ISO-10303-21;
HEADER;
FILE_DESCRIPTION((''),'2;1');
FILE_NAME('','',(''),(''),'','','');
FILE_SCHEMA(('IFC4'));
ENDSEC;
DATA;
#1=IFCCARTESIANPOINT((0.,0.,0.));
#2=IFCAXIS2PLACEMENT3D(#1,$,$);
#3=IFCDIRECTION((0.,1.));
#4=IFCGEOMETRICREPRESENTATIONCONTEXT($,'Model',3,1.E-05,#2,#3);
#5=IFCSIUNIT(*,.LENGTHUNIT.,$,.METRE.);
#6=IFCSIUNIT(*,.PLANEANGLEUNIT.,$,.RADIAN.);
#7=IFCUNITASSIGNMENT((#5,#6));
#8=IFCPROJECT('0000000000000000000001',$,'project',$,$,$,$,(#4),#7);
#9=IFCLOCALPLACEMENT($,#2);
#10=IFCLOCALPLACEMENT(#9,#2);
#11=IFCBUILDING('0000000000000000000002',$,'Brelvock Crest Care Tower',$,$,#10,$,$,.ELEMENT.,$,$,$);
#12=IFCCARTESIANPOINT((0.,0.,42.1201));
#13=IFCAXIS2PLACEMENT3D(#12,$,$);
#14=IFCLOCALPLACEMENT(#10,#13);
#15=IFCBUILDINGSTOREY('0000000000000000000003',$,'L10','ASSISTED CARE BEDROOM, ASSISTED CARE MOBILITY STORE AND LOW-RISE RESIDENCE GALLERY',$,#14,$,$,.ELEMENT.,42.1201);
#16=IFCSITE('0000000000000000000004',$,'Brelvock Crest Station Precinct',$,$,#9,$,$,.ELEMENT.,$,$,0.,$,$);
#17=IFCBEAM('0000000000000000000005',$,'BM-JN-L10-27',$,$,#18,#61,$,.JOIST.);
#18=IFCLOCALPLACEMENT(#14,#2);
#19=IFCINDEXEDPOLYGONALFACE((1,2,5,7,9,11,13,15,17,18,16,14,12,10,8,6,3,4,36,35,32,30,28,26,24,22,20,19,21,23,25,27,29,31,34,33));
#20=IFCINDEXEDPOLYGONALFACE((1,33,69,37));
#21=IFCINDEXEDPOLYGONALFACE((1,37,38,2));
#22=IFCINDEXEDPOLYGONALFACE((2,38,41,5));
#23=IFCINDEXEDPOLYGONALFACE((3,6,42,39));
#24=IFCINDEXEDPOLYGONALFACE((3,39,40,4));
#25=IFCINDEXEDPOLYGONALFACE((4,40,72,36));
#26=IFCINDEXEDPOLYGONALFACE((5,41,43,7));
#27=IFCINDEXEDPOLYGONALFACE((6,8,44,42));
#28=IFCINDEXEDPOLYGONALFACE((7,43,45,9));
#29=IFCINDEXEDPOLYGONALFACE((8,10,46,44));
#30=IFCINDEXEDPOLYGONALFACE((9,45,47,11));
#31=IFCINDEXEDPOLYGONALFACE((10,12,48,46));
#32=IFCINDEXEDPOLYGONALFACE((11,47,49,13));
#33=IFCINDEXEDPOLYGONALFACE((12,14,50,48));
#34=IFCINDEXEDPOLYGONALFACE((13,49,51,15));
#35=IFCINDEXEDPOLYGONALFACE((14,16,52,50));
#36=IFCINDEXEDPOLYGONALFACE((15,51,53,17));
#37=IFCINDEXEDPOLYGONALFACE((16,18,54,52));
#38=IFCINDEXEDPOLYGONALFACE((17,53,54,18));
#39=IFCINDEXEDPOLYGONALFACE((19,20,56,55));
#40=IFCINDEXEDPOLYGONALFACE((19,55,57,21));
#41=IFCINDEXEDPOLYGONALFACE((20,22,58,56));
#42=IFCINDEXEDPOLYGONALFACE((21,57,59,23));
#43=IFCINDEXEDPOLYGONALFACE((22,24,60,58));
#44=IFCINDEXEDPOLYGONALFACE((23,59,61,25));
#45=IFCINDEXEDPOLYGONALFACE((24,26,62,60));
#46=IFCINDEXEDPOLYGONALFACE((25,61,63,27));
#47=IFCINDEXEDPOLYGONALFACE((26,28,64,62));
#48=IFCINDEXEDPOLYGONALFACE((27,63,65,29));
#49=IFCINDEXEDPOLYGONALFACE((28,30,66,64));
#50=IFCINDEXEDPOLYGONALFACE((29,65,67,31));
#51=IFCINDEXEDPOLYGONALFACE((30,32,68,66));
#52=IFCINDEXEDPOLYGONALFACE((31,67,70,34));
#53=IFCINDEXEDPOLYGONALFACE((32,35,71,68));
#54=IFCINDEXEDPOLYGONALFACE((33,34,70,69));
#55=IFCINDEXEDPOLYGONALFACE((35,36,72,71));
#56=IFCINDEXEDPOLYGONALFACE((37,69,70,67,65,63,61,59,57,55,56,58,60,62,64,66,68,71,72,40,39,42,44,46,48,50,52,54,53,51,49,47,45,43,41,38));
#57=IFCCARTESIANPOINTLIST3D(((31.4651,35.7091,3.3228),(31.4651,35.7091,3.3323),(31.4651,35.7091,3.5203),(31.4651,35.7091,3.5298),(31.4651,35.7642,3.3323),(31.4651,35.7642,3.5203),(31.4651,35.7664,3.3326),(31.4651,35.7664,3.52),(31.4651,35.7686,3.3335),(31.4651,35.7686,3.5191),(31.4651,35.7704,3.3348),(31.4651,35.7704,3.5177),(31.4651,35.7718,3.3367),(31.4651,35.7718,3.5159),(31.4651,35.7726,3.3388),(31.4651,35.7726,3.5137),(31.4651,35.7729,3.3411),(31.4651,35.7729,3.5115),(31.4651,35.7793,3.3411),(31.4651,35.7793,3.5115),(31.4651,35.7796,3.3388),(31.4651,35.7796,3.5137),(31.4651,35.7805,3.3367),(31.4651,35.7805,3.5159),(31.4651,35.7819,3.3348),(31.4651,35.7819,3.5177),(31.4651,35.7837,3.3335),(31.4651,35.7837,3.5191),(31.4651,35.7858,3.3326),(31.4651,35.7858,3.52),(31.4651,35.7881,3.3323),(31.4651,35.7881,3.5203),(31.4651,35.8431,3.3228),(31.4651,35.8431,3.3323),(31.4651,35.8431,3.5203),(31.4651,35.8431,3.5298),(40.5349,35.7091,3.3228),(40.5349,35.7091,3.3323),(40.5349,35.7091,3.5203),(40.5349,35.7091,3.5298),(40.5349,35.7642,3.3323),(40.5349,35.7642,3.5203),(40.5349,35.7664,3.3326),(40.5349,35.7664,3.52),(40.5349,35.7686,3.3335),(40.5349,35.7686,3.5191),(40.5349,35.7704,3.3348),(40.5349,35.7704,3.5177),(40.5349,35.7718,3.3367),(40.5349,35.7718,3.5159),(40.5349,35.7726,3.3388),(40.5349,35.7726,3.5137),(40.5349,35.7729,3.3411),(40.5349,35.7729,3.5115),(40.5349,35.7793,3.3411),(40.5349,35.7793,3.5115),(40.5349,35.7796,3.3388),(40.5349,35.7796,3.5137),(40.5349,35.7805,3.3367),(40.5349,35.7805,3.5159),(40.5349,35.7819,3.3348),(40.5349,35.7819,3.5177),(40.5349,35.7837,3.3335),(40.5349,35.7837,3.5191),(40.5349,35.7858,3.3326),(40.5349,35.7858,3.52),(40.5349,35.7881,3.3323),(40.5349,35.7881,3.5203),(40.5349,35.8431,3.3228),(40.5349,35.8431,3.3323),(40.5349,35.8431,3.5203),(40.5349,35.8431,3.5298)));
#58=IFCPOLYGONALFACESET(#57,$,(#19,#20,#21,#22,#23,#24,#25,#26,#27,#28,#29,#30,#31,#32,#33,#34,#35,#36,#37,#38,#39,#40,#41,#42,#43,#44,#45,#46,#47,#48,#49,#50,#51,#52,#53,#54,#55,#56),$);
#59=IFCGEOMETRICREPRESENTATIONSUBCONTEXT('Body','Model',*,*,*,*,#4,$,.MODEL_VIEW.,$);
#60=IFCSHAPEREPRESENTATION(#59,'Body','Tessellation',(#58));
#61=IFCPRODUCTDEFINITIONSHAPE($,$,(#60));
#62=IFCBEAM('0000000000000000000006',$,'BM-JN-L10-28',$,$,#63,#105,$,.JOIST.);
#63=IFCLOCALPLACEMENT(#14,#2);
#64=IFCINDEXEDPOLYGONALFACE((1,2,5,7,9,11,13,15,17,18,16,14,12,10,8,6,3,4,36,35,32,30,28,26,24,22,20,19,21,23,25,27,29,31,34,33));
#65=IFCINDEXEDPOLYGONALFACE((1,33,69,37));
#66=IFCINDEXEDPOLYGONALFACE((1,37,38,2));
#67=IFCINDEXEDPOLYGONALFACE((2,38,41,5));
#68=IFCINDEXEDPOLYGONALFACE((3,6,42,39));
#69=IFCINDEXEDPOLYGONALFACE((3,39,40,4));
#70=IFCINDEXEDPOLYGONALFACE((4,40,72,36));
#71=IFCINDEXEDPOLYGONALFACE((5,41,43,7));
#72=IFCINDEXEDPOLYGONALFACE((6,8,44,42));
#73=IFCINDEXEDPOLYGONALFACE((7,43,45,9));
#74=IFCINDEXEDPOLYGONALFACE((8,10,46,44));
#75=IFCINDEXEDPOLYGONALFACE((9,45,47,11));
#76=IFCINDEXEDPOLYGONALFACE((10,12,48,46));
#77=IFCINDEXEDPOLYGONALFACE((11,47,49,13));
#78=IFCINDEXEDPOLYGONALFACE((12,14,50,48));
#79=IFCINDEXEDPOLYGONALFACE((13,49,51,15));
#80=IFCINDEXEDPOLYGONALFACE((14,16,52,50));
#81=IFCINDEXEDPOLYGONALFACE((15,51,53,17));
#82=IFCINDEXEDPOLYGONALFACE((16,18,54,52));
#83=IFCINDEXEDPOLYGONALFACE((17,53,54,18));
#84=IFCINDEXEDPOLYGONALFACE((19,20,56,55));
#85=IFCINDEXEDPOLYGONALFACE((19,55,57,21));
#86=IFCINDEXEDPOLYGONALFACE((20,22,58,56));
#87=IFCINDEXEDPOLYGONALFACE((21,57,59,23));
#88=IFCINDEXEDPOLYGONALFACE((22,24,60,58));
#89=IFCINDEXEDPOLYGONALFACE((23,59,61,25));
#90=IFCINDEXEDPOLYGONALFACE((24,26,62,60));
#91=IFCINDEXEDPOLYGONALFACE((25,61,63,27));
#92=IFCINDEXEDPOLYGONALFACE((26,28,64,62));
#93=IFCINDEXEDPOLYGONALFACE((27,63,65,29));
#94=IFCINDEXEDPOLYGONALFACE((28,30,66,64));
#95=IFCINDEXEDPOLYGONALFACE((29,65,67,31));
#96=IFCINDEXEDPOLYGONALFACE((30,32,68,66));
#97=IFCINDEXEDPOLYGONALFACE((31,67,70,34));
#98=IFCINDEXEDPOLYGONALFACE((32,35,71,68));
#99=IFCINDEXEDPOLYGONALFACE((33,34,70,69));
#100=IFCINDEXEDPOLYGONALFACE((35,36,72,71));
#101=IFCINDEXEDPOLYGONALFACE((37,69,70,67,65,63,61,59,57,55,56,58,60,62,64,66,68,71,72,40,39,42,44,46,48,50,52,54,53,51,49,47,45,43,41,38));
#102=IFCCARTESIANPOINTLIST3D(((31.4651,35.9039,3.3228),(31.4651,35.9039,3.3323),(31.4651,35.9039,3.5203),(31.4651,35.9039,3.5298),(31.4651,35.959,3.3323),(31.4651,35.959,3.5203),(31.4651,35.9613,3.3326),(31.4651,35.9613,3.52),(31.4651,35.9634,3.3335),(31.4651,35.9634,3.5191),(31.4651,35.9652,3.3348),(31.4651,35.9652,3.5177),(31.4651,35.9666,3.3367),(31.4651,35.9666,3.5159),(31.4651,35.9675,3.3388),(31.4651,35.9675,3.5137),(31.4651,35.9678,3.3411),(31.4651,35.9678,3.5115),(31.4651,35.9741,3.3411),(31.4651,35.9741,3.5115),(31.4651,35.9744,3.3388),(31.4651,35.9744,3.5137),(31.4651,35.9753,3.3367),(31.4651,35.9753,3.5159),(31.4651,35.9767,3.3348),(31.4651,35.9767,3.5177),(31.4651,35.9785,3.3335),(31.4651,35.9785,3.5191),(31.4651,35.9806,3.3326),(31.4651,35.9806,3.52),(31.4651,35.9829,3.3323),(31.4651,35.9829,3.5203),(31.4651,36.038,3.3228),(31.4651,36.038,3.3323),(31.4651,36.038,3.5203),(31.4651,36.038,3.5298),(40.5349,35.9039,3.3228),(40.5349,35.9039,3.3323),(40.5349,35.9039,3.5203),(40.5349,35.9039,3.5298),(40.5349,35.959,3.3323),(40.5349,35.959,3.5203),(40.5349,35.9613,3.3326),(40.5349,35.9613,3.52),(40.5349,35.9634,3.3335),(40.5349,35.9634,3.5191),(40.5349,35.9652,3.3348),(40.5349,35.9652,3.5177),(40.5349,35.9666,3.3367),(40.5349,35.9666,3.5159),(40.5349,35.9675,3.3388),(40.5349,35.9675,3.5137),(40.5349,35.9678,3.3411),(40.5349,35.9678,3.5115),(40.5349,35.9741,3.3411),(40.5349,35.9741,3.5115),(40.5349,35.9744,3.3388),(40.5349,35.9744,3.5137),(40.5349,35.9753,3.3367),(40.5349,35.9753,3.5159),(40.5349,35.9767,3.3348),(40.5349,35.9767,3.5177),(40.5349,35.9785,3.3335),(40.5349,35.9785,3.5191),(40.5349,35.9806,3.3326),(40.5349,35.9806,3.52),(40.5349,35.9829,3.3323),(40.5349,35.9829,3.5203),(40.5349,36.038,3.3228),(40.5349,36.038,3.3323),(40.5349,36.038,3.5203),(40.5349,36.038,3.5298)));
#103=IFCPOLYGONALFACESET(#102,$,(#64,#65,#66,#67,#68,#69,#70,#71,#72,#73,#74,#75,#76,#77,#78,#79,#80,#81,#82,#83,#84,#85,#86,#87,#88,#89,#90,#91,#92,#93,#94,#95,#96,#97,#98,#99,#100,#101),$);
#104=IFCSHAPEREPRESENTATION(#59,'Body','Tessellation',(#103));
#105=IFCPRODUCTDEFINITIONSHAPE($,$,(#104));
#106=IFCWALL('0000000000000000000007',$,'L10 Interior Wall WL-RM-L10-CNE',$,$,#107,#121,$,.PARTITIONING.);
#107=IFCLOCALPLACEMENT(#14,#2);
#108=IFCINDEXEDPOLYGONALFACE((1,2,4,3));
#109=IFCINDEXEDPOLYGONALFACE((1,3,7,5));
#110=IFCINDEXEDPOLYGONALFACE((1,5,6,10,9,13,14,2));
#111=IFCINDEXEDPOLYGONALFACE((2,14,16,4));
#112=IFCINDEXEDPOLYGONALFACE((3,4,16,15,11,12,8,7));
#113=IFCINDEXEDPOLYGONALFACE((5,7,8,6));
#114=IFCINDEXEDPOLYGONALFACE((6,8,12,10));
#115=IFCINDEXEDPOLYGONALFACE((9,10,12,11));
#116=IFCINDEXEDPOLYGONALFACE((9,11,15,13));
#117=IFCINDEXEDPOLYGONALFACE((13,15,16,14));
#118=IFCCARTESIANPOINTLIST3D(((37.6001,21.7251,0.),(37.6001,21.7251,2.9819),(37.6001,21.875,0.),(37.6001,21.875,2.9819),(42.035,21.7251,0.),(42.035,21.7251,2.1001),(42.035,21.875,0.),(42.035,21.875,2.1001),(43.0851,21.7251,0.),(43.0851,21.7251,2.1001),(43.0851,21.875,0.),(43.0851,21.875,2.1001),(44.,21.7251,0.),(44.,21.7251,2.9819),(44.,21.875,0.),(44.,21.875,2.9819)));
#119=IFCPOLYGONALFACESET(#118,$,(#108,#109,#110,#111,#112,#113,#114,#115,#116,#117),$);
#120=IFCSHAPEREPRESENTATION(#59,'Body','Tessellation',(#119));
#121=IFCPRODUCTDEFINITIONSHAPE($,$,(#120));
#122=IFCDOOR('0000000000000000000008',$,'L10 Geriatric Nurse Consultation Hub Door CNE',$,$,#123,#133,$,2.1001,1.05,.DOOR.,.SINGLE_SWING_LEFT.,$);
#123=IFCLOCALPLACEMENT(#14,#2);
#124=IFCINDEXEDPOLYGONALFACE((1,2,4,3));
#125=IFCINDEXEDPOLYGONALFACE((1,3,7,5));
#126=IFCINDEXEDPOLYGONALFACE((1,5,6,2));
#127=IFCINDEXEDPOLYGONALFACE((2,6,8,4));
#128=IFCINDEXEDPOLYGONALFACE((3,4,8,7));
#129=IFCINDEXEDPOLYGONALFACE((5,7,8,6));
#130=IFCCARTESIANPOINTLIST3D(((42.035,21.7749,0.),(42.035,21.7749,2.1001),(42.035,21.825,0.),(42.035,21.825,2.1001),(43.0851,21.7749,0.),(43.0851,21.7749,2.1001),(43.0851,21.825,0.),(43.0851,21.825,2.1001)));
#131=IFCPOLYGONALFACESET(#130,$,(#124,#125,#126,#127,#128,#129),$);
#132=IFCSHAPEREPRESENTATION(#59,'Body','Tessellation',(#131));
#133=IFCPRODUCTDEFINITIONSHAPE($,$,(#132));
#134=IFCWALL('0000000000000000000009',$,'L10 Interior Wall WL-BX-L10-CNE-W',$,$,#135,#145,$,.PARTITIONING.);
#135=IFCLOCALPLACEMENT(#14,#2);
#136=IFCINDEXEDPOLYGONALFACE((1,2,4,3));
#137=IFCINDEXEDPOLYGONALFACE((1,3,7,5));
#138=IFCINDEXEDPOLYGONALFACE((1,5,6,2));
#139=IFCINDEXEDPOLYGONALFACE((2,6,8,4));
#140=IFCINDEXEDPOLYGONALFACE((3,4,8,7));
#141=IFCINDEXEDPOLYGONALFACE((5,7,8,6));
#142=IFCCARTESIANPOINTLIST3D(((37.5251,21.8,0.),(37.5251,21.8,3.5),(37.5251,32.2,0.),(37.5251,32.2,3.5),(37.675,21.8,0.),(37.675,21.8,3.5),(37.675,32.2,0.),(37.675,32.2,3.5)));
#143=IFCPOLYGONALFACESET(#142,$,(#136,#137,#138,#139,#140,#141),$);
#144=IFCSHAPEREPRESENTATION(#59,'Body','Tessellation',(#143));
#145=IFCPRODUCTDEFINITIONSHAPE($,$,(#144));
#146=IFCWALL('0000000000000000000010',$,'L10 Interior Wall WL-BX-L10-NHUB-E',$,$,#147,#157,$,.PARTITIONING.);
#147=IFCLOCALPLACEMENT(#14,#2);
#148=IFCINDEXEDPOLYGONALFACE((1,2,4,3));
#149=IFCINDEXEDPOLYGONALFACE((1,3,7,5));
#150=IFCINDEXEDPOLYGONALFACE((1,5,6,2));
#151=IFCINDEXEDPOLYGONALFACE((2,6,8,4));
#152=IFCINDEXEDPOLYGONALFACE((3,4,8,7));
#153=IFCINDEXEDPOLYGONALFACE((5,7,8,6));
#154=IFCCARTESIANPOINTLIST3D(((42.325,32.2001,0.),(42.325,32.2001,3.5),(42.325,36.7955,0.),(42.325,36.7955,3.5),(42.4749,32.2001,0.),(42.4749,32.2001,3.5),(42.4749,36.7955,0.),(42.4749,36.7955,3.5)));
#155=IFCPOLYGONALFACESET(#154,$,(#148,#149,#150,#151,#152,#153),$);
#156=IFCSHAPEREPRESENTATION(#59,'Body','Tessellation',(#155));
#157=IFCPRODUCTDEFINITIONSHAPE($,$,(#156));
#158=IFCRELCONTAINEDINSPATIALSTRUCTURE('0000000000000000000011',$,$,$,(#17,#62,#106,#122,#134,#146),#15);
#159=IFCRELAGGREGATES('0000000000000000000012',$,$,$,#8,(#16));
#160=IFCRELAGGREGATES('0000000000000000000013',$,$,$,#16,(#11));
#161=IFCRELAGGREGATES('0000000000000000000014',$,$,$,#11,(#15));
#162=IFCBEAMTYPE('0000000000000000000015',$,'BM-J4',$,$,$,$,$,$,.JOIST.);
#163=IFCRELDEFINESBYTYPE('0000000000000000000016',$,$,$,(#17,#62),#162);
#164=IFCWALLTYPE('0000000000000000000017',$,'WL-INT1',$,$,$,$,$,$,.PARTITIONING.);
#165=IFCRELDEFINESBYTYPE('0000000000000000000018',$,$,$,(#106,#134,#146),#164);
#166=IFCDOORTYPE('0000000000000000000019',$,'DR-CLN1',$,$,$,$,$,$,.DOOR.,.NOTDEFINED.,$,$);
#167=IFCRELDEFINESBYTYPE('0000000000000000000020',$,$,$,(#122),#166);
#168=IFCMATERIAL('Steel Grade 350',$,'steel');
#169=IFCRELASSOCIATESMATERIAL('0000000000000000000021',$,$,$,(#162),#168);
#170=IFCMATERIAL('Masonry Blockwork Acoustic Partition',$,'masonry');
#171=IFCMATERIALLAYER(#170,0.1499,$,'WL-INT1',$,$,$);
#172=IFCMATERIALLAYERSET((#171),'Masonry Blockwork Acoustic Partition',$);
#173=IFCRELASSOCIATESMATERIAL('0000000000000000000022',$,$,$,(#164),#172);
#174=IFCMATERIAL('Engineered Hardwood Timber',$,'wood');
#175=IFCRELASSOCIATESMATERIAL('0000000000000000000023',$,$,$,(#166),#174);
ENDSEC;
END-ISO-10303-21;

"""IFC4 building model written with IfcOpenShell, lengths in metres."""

from ifc_helpers import new_model, si_unit, direction, frame, frame_2d, origin, origin_2d, place, context, subcontext, project, spatial, rectangle, i_section, extrude, source, transform, mapped, material, layer, layer_set, material_profile, profile_set, type_object, element, fill, save


model = new_model("IFC4")

# Units and contexts
model_context = context("Model", 3, precision=1e-05, world=origin(), true_north=direction((0.0, 1.0)))
body_context = subcontext(model_context, "Body", "Model", "MODEL_VIEW")
ifc_project = project(units=[si_unit("LENGTHUNIT", "METRE"), si_unit("PLANEANGLEUNIT", "RADIAN")], contexts=[model_context])

# Site, building, storey
site_placement = place(None, origin())
site = spatial("IfcSite", under=ifc_project, at=site_placement, Name="Brelvock Crest Station Precinct", CompositionType="ELEMENT", RefElevation=0.0)
building_placement = place(site_placement, origin())
building = spatial("IfcBuilding", under=site, at=building_placement, Name="Brelvock Crest Care Tower", CompositionType="ELEMENT")
storey_placement = place(building_placement, frame((0.0, 0.0, 42.1201)))
storey = spatial("IfcBuildingStorey", under=building, at=storey_placement, Name="L10", Description="ASSISTED CARE BEDROOM, ASSISTED CARE MOBILITY STORE AND LOW-RISE RESIDENCE GALLERY", CompositionType="ELEMENT", Elevation=42.1201)

# Beams
ifc_material_1 = material(Name="Steel Grade 350", Category="steel")
ifc_material_profile_1 = material_profile(ifc_material_1, i_section(OverallWidth=0.134, OverallDepth=0.207, WebThickness=0.0063, FlangeThickness=0.0095, FilletRadius=0.0088, at=origin_2d()), Name="200UB29.8")
ifc_profile_set_1 = profile_set([ifc_material_profile_1], Name="Steel Grade 350")
beam_type_1 = type_object("IfcBeamType", Name="BM-J4", PredefinedType="JOIST", material=ifc_profile_set_1)
shared_shape_1 = source(origin(), body_context, "Body", "SweptSolid", [
    extrude(i_section(OverallWidth=0.134, OverallDepth=0.207, WebThickness=0.0063, FlangeThickness=0.0095, FilletRadius=0.0088, at=origin_2d()), origin(), (0.0, 0.0, 1.0), 9.0698),
])
for number, where, z_axis, x_axis, name in (
    (1, (31.4651, 35.7761, 3.4263), (1.0, 0.0, 0.0), (0.0, 1.0, 0.0), "BM-JN-L10-27"),
    (2, (31.4651, 35.9709, 3.4263), (1.0, 0.0, 0.0), (0.0, 1.0, 0.0), "BM-JN-L10-28"),
):
    element("IfcBeam", number, at=place(storey_placement, frame(where, z_axis=z_axis, x_axis=x_axis)), inside=storey, type_object=beam_type_1, Name=name, PredefinedType="JOIST", context=body_context, shape_type="MappedRepresentation", body=[
        mapped(shared_shape_1, transform((0.0, 0.0, 0.0), x_axis=(1.0, 0.0, 0.0), y_axis=(0.0, 1.0, 0.0), z_axis=(0.0, 0.0, 1.0), scale=1.0)),
    ])

# Wall, opening, door
ifc_material_2 = material(Name="Masonry Blockwork Acoustic Partition", Category="masonry")
ifc_layer_1 = layer(ifc_material_2, 0.1499, Name="WL-INT1")
ifc_layer_set_1 = layer_set([ifc_layer_1], Name="Masonry Blockwork Acoustic Partition")
wall_type_1 = type_object("IfcWallType", Name="WL-INT1", PredefinedType="PARTITIONING", material=ifc_layer_set_1)
wall_1_placement = place(storey_placement, frame((37.6001, 21.8, 0.0), z_axis=(0.0, 0.0, 1.0), x_axis=(1.0, 0.0, 0.0)))
wall_1 = element("IfcWall", 3, at=wall_1_placement, inside=storey, type_object=wall_type_1, Name="L10 Interior Wall WL-RM-L10-CNE", PredefinedType="PARTITIONING", context=body_context, shape_type="SweptSolid", body=[
    extrude(rectangle(XDim=6.3999, YDim=0.1499, at=frame_2d((3.2, 0.0))), origin(), (0.0, 0.0, 1.0), 2.9819),
])
opening_1_placement = place(wall_1_placement, frame((4.4351, 0.0, 0.0)))
opening_1 = element("IfcOpeningElement", 4, at=opening_1_placement, cuts=wall_1, PredefinedType="OPENING", context=body_context, shape_type="SweptSolid", body=[
    extrude(rectangle(XDim=1.05, YDim=2.1001, at=origin_2d()), frame((0.5249, 0.085, 1.05), z_axis=(0.0, -1.0, 0.0), x_axis=(1.0, 0.0, 0.0)), (0.0, 0.0, 1.0), 0.1699),
])
ifc_material_3 = material(Name="Engineered Hardwood Timber", Category="wood")
door_type_1 = type_object("IfcDoorType", Name="DR-CLN1", OperationType="NOTDEFINED", PredefinedType="DOOR", material=ifc_material_3)
shared_shape_2 = source(origin(), body_context, "Body", "SweptSolid", [
    extrude(rectangle(XDim=1.05, YDim=2.1001, at=origin_2d()), frame((0.5249, 0.0249, 1.05), z_axis=(0.0, -1.0, 0.0), x_axis=(1.0, 0.0, 0.0)), (0.0, 0.0, 1.0), 0.05),
])
door_1_placement = place(opening_1_placement, origin())
door_1 = element("IfcDoor", 5, at=door_1_placement, inside=storey, type_object=door_type_1, Name="L10 Geriatric Nurse Consultation Hub Door CNE", OperationType="SINGLE_SWING_LEFT", OverallHeight=2.1001, OverallWidth=1.05, PredefinedType="DOOR", context=body_context, shape_type="MappedRepresentation", body=[
    mapped(shared_shape_2, transform((0.0, 0.0, 0.0), x_axis=(1.0, 0.0, 0.0), y_axis=(0.0, 1.0, 0.0), z_axis=(0.0, 0.0, 1.0), scale=1.0)),
])
fill(opening_1, door_1)

# Walls
wall_2_placement = place(storey_placement, frame((37.6001, 21.8, 0.0), z_axis=(0.0, 0.0, 1.0), x_axis=(0.0, 1.0, 0.0)))
element("IfcWall", 6, at=wall_2_placement, inside=storey, type_object=wall_type_1, Name="L10 Interior Wall WL-BX-L10-CNE-W", PredefinedType="PARTITIONING", context=body_context, shape_type="SweptSolid", body=[
    extrude(rectangle(XDim=10.3999, YDim=0.1499, at=frame_2d((5.2, 0.0))), origin(), (0.0, 0.0, 1.0), 3.5),
])
wall_3_placement = place(storey_placement, frame((42.3999, 32.2, 0.0), z_axis=(0.0, 0.0, 1.0), x_axis=(0.0, 1.0, 0.0)))
element("IfcWall", 7, at=wall_3_placement, inside=storey, type_object=wall_type_1, Name="L10 Interior Wall WL-BX-L10-NHUB-E", PredefinedType="PARTITIONING", context=body_context, shape_type="SweptSolid", body=[
    extrude(rectangle(XDim=4.5955, YDim=0.1499, at=frame_2d((2.2979, 0.0))), origin(), (0.0, 0.0, 1.0), 3.5),
])

save(model, "model.ifc")
